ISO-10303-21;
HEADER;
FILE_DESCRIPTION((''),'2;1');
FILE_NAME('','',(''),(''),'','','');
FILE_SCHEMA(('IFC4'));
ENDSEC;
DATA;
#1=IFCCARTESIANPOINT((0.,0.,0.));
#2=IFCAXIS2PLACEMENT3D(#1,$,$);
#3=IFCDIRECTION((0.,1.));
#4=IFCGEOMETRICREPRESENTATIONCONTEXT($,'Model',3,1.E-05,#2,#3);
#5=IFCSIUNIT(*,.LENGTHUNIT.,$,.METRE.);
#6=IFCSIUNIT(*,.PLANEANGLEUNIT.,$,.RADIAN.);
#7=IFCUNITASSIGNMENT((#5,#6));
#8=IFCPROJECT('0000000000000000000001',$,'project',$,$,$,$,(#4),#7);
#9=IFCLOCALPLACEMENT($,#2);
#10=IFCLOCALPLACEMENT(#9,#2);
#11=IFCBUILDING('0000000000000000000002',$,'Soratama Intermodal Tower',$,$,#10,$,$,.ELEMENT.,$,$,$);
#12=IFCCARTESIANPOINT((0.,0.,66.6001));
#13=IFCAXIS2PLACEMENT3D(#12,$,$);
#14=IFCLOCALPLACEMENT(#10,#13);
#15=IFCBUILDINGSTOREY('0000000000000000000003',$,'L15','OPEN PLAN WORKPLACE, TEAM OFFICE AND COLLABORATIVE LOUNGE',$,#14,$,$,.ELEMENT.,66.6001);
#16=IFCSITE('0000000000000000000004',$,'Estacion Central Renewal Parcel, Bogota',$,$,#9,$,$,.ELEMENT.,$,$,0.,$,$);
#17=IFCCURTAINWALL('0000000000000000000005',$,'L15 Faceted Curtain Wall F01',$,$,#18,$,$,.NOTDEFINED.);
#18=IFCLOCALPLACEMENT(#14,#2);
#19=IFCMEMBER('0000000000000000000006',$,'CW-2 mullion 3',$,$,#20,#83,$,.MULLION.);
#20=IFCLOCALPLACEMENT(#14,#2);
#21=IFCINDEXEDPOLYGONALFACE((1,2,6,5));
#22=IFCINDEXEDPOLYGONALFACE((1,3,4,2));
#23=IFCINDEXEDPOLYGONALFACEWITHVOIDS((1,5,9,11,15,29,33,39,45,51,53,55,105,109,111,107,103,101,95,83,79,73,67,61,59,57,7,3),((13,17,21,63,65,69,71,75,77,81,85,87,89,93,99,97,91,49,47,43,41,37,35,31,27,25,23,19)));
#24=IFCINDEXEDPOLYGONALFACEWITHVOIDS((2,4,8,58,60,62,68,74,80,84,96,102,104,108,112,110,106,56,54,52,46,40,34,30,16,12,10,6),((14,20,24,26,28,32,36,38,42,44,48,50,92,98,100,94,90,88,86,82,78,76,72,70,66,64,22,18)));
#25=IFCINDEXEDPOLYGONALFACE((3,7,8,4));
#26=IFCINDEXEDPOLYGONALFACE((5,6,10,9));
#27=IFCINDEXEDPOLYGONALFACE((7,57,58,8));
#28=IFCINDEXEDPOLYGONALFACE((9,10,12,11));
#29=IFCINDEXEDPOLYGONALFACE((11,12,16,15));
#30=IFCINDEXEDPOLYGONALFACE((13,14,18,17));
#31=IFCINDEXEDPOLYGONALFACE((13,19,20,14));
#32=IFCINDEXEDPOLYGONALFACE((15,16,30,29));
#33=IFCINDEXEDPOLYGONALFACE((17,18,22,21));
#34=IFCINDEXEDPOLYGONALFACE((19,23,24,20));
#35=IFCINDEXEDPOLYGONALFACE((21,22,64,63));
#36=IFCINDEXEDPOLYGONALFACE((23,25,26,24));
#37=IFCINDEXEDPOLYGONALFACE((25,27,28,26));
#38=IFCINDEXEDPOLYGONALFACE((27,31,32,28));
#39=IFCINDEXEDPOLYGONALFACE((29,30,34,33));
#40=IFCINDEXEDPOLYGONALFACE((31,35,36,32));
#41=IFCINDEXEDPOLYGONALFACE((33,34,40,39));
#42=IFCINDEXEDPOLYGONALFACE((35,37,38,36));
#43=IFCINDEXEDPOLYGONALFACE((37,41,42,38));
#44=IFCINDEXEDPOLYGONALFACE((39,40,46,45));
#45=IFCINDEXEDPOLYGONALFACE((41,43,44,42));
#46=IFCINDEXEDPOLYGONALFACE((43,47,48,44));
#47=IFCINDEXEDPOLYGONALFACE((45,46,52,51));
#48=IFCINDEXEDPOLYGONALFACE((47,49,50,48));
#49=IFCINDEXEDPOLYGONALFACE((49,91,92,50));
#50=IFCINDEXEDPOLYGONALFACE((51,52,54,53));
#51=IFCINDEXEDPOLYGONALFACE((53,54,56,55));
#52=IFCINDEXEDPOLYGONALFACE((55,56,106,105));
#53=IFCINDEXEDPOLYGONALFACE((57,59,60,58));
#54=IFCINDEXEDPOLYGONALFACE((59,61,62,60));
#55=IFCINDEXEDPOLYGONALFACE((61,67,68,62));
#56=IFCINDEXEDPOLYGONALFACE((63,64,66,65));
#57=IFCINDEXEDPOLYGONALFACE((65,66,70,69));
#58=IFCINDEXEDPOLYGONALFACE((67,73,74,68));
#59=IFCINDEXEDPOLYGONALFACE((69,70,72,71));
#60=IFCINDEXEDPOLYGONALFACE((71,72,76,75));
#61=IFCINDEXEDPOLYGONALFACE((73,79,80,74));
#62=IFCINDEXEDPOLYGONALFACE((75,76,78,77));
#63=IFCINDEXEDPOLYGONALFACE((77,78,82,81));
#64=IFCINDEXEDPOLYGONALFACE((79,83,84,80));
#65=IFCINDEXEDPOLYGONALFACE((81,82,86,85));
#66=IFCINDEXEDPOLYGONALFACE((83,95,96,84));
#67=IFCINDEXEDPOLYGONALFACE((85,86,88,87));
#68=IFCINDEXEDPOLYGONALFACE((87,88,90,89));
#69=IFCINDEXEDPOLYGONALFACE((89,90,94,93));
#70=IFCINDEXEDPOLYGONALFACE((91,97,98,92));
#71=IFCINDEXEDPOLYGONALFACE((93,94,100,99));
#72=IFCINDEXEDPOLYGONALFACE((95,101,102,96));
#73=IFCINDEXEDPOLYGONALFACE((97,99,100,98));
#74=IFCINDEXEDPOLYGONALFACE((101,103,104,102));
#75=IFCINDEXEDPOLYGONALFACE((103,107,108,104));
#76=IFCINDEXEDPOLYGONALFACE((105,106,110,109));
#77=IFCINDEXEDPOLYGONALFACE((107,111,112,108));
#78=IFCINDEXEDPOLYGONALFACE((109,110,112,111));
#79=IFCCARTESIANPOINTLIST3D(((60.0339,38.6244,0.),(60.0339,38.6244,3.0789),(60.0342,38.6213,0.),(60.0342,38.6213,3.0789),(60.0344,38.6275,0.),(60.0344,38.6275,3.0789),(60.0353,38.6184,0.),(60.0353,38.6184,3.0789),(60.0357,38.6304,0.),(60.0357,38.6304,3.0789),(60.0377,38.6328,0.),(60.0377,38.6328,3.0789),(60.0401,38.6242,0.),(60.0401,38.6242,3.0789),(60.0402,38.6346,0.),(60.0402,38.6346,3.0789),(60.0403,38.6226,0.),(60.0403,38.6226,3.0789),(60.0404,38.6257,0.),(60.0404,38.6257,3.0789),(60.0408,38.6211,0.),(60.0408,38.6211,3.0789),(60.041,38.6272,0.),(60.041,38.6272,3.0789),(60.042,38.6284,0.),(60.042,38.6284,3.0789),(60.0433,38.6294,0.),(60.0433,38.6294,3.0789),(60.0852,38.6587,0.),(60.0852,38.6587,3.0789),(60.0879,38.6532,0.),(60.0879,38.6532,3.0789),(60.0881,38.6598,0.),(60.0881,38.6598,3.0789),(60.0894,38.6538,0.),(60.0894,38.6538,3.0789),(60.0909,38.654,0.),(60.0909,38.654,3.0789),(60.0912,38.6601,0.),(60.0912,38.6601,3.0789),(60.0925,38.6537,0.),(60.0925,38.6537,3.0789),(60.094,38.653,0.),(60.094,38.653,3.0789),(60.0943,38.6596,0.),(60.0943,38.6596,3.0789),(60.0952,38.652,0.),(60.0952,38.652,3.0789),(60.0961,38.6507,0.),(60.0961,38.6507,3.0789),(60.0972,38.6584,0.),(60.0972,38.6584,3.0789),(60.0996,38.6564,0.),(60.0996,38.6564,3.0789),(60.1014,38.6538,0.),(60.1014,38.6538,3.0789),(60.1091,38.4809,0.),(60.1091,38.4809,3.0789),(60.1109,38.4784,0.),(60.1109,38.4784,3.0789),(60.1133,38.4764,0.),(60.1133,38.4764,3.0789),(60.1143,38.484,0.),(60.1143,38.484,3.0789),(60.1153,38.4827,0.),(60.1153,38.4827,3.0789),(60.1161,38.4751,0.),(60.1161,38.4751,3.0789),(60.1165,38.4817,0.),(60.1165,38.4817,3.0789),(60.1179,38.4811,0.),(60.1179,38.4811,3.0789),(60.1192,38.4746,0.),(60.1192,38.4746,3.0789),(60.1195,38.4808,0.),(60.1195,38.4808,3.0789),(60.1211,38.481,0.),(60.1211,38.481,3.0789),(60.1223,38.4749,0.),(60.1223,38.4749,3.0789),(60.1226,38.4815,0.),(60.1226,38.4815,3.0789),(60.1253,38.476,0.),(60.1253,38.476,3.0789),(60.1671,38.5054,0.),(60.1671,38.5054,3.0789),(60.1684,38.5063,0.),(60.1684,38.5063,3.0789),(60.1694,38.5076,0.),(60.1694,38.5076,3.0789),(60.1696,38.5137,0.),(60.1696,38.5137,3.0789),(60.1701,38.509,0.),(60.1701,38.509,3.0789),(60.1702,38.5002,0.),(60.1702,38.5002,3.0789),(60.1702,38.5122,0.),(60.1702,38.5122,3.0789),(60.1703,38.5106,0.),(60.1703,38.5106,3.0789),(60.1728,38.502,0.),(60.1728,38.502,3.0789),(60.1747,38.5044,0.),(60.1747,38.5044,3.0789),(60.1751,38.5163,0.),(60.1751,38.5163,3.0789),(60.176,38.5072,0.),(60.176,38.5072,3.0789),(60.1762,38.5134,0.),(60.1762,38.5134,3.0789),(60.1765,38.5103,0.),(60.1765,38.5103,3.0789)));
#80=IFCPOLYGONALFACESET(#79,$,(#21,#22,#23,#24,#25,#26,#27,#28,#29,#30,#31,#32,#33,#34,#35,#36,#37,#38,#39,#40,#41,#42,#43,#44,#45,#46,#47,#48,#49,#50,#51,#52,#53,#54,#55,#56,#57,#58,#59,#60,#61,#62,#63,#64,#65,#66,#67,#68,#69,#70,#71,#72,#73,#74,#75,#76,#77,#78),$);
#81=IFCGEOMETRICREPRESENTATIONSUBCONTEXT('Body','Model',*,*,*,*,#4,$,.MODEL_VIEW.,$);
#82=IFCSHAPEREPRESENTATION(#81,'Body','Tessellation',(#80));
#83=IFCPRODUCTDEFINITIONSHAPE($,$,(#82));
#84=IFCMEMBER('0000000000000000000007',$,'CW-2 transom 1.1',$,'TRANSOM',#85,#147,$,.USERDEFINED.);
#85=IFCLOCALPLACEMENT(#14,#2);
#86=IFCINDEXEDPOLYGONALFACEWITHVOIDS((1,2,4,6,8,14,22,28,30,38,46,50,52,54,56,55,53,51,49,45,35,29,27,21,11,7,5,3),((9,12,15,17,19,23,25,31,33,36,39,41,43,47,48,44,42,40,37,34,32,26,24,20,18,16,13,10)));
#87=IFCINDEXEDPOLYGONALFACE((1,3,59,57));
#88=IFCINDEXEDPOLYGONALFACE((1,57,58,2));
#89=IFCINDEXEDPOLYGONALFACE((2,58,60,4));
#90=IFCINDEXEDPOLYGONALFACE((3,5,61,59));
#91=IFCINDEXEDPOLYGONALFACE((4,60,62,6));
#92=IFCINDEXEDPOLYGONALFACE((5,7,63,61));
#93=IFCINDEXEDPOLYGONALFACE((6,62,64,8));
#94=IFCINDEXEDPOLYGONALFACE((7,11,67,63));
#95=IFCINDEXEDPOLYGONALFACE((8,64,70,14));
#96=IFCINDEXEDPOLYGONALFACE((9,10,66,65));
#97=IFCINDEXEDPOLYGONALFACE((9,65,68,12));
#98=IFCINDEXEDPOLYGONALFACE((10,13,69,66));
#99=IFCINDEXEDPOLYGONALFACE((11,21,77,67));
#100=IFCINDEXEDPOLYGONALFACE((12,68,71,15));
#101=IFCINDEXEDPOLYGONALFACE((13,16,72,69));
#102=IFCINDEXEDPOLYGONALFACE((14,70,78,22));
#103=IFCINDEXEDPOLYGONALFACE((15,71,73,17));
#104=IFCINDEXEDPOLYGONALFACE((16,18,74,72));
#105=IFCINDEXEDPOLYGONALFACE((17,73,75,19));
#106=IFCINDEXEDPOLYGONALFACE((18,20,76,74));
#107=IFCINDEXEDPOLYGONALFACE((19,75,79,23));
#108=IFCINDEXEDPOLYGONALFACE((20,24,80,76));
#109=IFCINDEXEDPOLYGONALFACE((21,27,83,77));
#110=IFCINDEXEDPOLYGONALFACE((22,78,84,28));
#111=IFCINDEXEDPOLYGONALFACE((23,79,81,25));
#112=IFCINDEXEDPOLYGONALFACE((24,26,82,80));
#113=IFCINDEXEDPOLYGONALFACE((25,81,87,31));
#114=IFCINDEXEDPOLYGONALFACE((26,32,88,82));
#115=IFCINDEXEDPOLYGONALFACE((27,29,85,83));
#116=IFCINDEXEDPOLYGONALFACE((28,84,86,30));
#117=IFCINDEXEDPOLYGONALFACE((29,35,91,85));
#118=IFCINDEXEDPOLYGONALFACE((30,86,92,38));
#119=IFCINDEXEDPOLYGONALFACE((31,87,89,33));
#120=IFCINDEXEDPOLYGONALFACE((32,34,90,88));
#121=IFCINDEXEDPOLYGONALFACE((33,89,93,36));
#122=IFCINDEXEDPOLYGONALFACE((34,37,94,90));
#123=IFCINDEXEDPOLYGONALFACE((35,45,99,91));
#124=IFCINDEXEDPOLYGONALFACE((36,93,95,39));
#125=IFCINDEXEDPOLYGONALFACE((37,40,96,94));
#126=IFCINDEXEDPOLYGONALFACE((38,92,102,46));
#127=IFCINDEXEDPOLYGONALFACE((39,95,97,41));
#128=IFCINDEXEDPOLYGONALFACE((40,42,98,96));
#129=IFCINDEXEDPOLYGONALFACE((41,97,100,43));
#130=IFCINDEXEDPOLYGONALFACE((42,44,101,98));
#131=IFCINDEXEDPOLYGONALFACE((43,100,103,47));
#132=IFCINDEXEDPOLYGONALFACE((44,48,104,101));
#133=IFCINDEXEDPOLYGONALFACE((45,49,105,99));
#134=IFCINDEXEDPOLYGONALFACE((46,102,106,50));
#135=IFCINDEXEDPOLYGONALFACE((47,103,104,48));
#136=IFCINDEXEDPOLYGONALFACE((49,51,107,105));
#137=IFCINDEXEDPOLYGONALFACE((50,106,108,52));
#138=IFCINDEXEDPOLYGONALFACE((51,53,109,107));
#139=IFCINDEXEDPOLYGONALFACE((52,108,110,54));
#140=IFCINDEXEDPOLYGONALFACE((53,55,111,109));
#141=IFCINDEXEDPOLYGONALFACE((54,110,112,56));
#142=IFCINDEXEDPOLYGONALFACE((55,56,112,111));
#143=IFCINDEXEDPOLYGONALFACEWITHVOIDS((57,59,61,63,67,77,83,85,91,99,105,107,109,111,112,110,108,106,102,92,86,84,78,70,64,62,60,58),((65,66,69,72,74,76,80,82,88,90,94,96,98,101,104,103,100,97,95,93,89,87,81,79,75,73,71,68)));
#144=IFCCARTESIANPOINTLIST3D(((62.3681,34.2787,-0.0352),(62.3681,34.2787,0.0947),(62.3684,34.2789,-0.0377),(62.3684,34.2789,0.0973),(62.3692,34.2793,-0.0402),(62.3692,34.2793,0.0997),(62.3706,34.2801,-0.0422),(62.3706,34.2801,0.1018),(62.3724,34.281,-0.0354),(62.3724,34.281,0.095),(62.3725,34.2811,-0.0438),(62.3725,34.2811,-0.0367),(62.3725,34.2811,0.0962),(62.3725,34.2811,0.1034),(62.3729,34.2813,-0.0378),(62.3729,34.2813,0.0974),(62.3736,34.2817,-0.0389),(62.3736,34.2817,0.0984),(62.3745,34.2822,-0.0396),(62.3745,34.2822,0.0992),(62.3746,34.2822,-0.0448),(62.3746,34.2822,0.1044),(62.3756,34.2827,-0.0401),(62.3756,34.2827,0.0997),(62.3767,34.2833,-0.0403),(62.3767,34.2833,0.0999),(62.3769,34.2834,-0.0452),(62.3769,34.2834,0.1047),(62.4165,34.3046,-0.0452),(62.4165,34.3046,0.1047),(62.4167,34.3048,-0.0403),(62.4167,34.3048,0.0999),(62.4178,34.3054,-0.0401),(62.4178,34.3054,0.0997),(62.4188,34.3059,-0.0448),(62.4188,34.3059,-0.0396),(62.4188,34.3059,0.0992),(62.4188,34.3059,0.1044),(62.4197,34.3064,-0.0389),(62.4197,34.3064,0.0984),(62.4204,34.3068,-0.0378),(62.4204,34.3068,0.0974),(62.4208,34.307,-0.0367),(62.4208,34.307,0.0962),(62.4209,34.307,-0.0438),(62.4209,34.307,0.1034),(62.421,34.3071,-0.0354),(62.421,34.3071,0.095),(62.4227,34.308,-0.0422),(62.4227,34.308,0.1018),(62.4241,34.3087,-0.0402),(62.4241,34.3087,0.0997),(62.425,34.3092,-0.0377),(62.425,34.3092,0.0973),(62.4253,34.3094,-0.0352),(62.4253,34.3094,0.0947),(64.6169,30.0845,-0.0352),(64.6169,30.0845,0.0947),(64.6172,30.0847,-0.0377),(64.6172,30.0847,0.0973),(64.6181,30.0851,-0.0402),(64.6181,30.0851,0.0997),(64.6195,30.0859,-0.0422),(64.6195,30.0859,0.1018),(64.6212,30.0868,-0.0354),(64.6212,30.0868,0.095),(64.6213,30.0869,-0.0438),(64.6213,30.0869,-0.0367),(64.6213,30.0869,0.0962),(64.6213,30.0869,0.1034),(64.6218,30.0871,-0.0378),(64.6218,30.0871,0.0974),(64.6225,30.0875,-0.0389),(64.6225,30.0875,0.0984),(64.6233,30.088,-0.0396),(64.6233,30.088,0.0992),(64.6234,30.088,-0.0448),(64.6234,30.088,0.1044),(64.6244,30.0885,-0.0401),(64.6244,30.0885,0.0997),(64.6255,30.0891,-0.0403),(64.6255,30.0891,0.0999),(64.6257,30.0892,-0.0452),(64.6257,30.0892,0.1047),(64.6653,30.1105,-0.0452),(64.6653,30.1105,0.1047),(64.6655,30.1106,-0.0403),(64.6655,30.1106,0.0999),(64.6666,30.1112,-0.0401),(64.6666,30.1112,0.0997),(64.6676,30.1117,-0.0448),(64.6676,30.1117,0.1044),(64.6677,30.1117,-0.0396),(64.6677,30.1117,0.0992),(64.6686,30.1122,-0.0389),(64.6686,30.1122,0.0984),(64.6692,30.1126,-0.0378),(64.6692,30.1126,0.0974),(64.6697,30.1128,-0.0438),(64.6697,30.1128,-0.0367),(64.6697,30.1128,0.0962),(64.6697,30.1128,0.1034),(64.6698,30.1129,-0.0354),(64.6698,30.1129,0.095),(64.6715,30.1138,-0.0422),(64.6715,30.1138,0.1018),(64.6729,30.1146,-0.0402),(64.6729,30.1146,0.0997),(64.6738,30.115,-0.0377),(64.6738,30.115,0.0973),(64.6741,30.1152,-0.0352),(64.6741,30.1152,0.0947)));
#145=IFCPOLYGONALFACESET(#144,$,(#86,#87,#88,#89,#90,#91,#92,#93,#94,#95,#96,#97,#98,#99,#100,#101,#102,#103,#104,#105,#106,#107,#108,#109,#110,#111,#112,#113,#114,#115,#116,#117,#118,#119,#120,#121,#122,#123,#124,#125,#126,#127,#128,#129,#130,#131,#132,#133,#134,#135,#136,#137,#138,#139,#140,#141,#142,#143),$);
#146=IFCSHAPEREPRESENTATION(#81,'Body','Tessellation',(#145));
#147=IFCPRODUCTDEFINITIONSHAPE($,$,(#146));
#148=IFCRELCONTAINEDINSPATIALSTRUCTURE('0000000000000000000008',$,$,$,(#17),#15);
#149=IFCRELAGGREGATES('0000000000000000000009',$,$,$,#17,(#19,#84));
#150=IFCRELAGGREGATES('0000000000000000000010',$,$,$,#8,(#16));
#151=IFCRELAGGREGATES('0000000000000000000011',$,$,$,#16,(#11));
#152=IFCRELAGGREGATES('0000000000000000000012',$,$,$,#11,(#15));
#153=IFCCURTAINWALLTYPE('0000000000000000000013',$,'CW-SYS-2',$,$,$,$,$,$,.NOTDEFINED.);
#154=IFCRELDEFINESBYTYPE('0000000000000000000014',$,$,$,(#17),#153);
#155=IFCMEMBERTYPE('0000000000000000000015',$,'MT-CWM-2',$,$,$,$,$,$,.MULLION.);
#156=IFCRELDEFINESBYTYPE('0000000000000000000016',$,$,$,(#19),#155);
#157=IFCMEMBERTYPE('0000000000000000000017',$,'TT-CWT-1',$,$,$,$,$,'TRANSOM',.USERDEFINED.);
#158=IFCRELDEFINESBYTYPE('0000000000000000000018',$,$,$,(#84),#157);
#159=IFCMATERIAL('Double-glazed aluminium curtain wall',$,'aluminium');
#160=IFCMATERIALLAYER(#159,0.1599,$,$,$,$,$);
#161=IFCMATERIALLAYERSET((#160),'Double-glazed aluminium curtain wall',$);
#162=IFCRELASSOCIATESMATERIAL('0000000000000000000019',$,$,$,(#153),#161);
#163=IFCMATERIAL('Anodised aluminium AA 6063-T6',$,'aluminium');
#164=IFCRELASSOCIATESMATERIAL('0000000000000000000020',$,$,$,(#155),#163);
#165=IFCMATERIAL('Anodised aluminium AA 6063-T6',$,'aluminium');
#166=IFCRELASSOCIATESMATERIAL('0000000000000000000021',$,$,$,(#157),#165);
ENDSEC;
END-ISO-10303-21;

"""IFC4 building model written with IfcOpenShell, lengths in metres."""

from ifc_helpers import new_model, si_unit, direction, frame, origin, origin_2d, place, context, subcontext, project, spatial, hollow_rectangle, extrude, material, layer, layer_set, material_profile, profile_set, type_object, element, aggregate, save


model = new_model("IFC4")

# Units and contexts
model_context = context("Model", 3, precision=1e-05, world=origin(), true_north=direction((0.0, 1.0)))
body_context = subcontext(model_context, "Body", "Model", "MODEL_VIEW")
ifc_project = project(units=[si_unit("LENGTHUNIT", "METRE"), si_unit("PLANEANGLEUNIT", "RADIAN")], contexts=[model_context])

# Site, building, storey
site_placement = place(None, origin())
site = spatial("IfcSite", under=ifc_project, at=site_placement, Name="Estacion Central Renewal Parcel, Bogota", CompositionType="ELEMENT", RefElevation=0.0)
building_placement = place(site_placement, origin())
building = spatial("IfcBuilding", under=site, at=building_placement, Name="Soratama Intermodal Tower", CompositionType="ELEMENT")
storey_placement = place(building_placement, frame((0.0, 0.0, 66.6001)))
storey = spatial("IfcBuildingStorey", under=building, at=storey_placement, Name="L15", Description="OPEN PLAN WORKPLACE, TEAM OFFICE AND COLLABORATIVE LOUNGE", CompositionType="ELEMENT", Elevation=66.6001)

# Curtain wall, members
ifc_material_1 = material(Name="Double-glazed aluminium curtain wall", Category="aluminium")
ifc_layer_1 = layer(ifc_material_1, 0.1599)
ifc_layer_set_1 = layer_set([ifc_layer_1], Name="Double-glazed aluminium curtain wall")
curtain_wall_type = type_object("IfcCurtainWallType", Name="CW-SYS-2", PredefinedType="NOTDEFINED", material=ifc_layer_set_1)
curtain_wall_placement = place(storey_placement, origin())
curtain_wall = element("IfcCurtainWall", 1, at=curtain_wall_placement, inside=storey, type_object=curtain_wall_type, Name="L15 Faceted Curtain Wall F01", PredefinedType="NOTDEFINED")
ifc_material_2 = material(Name="Anodised aluminium AA 6063-T6", Category="aluminium")
ifc_material_profile_1 = material_profile(ifc_material_2, hollow_rectangle(XDim=0.075, YDim=0.1799, WallThickness=0.0061, InnerFilletRadius=0.0061, OuterFilletRadius=0.012, at=origin_2d()), Name="CWM180X75X6")
ifc_profile_set_1 = profile_set([ifc_material_profile_1], Name="Anodised aluminium AA 6063-T6")
member_type_1 = type_object("IfcMemberType", Name="MT-CWM-2", PredefinedType="MULLION", material=ifc_profile_set_1)
member_1_placement = place(storey_placement, frame((60.1052, 38.5674, 0.0), z_axis=(0.0, 0.0, 1.0), x_axis=(-0.881304, -0.47255, 0.0)))
member_1 = element("IfcMember", 2, at=member_1_placement, type_object=member_type_1, Name="CW-2 mullion 3", PredefinedType="MULLION", context=body_context, shape_type="SweptSolid", body=[
    extrude(hollow_rectangle(XDim=0.075, YDim=0.1799, WallThickness=0.0061, InnerFilletRadius=0.0061, OuterFilletRadius=0.012, at=origin_2d()), origin(), (0.0, 0.0, 1.0), 3.0789),
])
ifc_material_3 = material(Name="Anodised aluminium AA 6063-T6", Category="aluminium")
ifc_material_profile_2 = material_profile(ifc_material_3, hollow_rectangle(XDim=0.0649, YDim=0.1499, WallThickness=0.0049, InnerFilletRadius=0.0049, OuterFilletRadius=0.01, at=origin_2d()), Name="CWT150X65X5")
ifc_profile_set_2 = profile_set([ifc_material_profile_2], Name="Anodised aluminium AA 6063-T6")
member_type_2 = type_object("IfcMemberType", Name="TT-CWT-1", ElementType="TRANSOM", PredefinedType="USERDEFINED", material=ifc_profile_set_2)
member_2_placement = place(storey_placement, frame((64.6455, 30.0999, 0.0298), z_axis=(-0.472539, 0.88131, 0.0), x_axis=(-0.88131, -0.472539, 0.0)))
member_2 = element("IfcMember", 3, at=member_2_placement, type_object=member_type_2, Name="CW-2 transom 1.1", ObjectType="TRANSOM", PredefinedType="USERDEFINED", context=body_context, shape_type="SweptSolid", body=[
    extrude(hollow_rectangle(XDim=0.0649, YDim=0.1499, WallThickness=0.0049, InnerFilletRadius=0.0049, OuterFilletRadius=0.01, at=origin_2d()), origin(), (0.0, 0.0, 1.0), 4.759),
])
aggregate(curtain_wall, [member_1, member_2])

save(model, "model.ifc")
